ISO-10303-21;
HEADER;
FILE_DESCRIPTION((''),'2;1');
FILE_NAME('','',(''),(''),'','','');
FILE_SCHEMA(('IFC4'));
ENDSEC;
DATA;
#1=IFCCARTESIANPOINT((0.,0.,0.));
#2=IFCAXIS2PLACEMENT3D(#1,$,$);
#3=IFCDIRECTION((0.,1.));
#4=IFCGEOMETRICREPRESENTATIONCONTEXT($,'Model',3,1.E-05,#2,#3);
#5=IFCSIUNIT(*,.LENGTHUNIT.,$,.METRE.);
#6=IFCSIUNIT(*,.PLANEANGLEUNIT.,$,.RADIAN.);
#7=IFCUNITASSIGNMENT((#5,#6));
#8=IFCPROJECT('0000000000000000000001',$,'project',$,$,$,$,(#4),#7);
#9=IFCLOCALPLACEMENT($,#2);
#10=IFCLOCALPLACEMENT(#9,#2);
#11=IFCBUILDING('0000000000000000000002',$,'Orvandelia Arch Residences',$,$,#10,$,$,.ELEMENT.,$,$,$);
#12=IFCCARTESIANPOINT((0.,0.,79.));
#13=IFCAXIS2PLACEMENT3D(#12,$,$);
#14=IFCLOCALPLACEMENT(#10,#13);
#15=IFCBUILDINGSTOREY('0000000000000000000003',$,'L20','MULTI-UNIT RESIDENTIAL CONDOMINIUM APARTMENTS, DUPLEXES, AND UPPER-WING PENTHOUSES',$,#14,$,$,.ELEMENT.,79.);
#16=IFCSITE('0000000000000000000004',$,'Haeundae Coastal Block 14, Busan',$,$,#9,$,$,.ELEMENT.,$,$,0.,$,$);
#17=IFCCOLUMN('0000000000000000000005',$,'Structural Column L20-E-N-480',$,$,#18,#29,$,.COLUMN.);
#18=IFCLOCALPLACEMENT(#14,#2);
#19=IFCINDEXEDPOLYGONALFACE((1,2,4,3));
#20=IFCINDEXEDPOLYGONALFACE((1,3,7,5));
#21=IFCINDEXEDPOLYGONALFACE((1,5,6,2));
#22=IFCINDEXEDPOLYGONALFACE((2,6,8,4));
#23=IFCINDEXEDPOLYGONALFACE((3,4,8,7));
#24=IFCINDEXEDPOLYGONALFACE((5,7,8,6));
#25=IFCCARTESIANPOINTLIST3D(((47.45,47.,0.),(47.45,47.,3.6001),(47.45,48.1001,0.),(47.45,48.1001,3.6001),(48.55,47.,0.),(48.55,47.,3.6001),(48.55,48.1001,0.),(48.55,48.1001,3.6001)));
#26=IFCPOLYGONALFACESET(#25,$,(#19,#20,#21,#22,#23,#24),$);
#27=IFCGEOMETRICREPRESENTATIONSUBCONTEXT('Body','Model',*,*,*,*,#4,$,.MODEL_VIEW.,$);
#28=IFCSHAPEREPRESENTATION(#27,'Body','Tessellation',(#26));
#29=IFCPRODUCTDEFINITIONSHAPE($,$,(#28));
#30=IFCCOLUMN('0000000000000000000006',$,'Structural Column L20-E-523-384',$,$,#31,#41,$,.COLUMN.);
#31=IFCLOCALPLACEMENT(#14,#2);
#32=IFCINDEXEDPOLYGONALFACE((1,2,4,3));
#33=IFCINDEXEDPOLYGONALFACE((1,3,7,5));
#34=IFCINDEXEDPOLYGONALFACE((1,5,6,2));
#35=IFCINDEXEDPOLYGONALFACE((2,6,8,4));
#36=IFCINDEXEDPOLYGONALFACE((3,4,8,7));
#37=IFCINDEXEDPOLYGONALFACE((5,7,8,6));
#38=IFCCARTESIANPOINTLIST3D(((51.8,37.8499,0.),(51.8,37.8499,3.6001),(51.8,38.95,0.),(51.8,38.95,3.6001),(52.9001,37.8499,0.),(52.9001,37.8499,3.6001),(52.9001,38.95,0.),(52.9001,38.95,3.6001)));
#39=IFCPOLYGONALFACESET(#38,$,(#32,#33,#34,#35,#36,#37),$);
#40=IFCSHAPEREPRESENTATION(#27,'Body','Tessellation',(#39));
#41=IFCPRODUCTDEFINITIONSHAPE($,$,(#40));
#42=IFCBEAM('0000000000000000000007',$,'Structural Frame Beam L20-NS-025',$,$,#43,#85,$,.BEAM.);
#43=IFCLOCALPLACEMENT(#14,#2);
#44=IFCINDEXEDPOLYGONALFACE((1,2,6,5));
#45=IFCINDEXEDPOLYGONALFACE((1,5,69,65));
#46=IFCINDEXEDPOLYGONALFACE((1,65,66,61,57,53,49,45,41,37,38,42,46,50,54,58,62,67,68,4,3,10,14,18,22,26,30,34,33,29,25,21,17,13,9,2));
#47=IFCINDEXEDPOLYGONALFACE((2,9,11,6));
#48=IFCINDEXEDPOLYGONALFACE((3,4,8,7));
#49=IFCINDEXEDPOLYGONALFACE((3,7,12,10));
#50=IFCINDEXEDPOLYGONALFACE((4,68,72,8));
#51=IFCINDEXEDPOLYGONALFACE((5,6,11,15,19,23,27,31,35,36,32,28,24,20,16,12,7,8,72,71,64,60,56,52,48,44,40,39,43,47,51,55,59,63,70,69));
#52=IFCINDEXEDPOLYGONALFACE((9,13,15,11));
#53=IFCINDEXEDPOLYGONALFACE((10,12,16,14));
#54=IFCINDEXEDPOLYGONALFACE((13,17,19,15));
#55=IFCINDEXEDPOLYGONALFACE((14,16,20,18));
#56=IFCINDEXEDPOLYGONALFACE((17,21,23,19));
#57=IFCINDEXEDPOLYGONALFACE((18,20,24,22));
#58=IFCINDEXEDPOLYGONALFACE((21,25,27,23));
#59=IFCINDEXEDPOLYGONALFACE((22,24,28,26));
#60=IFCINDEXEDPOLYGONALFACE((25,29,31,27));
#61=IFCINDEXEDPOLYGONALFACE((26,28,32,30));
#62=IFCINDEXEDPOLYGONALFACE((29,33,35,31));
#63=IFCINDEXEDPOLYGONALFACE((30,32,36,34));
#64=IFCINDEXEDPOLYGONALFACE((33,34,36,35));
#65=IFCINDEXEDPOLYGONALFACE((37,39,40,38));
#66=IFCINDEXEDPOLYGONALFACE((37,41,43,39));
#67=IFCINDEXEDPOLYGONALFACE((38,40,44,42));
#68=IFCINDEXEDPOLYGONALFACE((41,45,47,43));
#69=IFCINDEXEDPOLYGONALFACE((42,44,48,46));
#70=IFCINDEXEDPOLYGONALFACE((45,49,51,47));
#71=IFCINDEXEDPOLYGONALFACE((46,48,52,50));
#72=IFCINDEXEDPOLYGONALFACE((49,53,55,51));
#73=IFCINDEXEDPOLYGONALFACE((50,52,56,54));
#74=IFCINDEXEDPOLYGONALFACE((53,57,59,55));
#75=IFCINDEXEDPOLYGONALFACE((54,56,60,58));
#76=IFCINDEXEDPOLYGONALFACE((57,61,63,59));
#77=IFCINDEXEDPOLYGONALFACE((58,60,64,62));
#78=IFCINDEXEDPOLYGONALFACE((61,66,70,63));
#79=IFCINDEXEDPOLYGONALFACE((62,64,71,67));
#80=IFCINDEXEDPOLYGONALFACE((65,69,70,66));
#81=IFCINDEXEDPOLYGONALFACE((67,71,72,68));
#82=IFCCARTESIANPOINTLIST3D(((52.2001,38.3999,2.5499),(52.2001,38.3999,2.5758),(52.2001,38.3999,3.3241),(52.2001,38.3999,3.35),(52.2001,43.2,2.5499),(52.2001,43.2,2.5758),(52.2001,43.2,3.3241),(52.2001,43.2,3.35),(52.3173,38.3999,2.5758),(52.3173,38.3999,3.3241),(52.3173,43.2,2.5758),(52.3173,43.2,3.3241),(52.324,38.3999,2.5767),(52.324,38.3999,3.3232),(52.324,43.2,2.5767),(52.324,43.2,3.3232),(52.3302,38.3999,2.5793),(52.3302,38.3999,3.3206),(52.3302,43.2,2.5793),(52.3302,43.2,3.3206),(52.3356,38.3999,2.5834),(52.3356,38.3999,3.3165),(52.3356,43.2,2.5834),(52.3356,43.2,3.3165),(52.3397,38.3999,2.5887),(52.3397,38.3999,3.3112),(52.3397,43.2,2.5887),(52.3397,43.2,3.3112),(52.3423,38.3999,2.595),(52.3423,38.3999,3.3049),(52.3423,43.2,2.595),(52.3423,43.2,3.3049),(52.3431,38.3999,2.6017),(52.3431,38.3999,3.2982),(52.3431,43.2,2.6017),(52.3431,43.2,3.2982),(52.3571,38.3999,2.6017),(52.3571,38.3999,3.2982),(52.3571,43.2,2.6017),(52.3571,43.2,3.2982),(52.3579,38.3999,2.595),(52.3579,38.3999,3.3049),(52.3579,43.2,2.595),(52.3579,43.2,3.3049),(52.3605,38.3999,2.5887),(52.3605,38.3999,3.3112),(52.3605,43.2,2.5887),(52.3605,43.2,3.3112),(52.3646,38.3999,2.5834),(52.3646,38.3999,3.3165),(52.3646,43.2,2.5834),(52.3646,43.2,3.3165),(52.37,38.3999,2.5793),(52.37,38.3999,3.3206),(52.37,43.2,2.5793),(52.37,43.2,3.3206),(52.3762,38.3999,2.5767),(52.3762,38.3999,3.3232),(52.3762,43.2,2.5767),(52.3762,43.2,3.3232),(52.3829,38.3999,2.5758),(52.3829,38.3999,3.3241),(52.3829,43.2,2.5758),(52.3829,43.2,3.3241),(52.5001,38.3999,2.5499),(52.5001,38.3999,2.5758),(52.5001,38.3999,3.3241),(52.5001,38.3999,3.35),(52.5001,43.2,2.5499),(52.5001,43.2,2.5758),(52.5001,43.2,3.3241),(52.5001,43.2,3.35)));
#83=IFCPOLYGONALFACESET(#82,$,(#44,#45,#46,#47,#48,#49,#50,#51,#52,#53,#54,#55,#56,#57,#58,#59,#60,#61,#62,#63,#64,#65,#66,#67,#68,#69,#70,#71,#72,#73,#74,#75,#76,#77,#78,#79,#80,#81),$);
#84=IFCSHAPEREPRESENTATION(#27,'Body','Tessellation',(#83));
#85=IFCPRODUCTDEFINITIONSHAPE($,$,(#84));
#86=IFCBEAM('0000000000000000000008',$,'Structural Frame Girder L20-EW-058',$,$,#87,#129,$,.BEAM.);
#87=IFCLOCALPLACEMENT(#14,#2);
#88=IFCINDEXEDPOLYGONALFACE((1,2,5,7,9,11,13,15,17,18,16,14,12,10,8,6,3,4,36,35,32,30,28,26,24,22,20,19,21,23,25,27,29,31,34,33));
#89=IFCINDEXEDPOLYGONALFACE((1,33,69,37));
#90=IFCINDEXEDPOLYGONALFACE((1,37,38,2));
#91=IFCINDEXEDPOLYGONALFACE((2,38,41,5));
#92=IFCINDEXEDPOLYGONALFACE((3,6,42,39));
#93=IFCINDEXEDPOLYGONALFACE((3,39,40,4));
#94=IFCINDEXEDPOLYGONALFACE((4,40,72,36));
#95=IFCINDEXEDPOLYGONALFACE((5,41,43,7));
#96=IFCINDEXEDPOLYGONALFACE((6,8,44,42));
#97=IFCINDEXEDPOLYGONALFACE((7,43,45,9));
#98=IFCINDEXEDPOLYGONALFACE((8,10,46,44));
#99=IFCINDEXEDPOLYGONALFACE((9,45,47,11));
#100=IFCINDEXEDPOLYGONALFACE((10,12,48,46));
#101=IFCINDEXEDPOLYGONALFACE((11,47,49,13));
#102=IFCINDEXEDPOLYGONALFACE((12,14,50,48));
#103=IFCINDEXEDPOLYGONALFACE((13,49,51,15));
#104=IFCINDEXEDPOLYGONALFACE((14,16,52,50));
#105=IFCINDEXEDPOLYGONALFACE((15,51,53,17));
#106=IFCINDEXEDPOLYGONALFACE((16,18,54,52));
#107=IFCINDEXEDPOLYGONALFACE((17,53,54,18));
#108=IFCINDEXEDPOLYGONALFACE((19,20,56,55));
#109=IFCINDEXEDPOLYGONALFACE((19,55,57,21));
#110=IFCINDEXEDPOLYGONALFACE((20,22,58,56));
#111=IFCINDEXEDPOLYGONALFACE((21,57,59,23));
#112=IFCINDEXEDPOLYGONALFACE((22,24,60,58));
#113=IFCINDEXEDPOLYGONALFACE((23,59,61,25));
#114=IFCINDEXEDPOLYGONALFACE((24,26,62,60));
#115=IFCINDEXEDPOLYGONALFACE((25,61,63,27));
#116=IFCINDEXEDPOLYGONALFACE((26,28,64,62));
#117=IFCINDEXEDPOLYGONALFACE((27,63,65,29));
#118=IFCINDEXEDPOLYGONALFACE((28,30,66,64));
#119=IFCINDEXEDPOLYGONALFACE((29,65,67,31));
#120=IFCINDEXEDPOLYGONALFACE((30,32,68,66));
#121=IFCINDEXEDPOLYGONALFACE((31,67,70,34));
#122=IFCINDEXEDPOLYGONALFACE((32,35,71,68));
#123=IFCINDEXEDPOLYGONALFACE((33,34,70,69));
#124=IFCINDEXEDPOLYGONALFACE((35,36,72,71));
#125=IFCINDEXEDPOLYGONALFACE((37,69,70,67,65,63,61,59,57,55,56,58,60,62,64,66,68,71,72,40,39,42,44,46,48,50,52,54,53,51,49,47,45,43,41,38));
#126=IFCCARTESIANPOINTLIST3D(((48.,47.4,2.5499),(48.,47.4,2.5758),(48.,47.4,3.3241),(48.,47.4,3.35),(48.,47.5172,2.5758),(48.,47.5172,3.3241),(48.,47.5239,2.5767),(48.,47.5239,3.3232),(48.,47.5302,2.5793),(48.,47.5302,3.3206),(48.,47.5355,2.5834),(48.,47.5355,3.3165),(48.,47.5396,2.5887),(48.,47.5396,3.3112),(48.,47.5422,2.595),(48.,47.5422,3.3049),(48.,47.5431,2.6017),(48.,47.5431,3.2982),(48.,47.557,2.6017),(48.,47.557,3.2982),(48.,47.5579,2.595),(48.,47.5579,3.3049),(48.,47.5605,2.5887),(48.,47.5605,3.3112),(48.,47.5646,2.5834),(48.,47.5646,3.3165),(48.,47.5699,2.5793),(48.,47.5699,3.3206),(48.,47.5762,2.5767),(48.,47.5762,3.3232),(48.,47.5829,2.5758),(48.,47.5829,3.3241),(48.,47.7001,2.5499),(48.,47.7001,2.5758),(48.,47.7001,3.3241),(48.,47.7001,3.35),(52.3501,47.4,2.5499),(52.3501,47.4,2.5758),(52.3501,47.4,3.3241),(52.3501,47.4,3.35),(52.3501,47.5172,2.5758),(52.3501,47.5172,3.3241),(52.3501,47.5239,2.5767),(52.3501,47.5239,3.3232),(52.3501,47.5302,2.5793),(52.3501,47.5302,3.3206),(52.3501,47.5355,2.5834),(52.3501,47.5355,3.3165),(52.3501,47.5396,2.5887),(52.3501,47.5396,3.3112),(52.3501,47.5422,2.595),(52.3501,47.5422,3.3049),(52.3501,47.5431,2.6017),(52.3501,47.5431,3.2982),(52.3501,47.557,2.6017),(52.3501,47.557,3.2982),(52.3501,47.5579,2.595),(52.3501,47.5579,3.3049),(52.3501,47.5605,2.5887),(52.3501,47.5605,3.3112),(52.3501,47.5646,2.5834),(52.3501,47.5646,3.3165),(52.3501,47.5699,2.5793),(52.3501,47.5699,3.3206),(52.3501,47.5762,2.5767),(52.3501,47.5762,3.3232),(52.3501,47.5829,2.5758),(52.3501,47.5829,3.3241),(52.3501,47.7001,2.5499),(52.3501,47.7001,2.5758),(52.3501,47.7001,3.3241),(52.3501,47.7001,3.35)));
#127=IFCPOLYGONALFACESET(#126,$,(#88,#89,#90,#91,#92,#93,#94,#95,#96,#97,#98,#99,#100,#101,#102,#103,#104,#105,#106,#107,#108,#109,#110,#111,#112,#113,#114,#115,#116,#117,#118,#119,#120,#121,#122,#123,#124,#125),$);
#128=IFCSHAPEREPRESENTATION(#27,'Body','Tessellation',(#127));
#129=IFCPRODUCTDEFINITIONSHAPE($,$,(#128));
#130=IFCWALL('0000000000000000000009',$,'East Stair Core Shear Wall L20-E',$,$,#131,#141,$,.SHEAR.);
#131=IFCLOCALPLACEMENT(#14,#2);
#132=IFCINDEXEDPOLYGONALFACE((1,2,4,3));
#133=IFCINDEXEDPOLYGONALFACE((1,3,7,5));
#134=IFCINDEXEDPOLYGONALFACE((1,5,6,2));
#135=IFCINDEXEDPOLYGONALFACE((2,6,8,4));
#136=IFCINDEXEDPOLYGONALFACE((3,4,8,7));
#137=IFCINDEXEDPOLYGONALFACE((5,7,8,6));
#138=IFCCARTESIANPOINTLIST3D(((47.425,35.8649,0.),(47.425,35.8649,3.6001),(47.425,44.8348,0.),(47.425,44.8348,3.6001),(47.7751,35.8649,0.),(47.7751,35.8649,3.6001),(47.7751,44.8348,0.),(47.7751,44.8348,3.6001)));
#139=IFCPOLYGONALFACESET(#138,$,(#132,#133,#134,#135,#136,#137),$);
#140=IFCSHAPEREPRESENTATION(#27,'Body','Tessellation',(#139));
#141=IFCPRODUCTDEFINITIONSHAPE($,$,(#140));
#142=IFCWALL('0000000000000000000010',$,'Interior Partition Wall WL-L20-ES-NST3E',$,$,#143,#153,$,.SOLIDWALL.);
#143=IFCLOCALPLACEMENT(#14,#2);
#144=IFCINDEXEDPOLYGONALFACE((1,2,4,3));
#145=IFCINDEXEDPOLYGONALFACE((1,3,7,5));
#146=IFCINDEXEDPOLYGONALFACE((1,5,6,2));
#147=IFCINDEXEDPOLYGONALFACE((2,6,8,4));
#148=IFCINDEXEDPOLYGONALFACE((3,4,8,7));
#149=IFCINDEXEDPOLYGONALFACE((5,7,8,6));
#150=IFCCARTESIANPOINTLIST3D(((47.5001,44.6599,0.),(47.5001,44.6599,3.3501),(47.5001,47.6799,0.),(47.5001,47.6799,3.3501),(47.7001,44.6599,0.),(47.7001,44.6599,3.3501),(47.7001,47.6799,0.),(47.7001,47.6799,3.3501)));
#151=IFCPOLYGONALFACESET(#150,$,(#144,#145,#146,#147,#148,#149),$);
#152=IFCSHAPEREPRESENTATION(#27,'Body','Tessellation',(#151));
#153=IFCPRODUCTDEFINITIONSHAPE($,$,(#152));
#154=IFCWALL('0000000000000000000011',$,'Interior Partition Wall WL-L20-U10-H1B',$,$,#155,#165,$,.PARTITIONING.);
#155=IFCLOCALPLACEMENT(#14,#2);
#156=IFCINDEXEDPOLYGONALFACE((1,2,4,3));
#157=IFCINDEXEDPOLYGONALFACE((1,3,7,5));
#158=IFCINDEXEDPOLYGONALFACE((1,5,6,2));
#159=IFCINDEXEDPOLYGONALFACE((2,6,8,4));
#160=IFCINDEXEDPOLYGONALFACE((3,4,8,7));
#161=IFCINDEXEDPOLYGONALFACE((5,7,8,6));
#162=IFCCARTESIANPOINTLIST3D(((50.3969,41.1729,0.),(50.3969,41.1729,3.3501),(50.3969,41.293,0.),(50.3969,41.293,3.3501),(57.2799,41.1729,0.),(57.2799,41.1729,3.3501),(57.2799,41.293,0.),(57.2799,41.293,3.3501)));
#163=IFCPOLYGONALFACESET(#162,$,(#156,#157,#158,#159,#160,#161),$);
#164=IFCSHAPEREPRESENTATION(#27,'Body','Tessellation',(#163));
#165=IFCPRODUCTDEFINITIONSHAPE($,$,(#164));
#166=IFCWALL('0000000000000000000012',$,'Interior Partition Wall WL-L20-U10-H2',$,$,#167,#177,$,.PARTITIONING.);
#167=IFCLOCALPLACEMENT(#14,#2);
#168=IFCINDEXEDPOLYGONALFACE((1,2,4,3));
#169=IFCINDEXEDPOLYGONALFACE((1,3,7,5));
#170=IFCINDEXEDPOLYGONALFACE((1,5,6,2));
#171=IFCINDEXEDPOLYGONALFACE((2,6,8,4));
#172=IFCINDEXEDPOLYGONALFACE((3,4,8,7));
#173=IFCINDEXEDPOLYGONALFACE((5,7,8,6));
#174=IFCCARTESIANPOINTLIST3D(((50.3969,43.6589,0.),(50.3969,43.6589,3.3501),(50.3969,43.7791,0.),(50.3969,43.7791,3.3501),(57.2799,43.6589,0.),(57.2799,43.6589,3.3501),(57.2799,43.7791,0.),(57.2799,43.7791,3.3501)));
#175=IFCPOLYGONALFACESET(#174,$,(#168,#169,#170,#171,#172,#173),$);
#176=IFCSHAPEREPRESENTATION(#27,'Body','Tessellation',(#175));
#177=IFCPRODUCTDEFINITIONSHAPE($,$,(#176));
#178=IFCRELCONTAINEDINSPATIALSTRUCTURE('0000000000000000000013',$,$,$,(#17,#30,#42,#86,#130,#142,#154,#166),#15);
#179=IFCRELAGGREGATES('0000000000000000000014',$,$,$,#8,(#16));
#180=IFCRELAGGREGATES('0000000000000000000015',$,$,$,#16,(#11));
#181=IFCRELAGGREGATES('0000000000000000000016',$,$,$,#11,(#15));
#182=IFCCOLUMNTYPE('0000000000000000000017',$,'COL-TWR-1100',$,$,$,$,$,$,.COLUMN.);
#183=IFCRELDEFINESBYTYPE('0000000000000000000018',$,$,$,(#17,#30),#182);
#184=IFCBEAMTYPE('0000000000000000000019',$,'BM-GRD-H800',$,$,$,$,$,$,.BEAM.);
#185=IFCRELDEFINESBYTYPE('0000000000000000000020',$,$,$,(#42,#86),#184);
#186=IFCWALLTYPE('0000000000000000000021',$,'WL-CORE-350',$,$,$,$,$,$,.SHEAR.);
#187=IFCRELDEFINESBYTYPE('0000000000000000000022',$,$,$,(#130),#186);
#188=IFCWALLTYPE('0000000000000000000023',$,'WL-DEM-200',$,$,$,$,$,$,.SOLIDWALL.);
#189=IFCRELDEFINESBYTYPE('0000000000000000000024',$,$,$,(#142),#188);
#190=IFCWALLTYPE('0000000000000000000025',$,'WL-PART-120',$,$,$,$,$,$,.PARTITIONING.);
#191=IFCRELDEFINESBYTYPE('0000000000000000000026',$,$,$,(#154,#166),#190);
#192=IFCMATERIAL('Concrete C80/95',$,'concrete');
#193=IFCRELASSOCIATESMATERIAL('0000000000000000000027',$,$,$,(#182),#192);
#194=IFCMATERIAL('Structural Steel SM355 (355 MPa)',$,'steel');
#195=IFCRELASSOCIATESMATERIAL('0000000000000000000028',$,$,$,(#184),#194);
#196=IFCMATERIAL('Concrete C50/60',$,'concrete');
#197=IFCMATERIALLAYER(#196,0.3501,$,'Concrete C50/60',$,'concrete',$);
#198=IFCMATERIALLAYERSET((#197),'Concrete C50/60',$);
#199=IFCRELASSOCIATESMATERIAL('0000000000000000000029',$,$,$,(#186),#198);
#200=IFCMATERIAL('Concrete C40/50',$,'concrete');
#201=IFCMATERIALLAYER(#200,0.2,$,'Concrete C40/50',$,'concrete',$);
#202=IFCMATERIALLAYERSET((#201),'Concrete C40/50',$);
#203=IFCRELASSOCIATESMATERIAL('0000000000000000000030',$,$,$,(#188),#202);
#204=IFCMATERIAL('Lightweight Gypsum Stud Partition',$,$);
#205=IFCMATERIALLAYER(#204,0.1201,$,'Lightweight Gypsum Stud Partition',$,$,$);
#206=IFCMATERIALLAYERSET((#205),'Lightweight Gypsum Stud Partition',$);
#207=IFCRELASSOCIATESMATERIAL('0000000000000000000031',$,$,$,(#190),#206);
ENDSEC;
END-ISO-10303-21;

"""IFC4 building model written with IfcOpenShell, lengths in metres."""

from ifc_helpers import new_model, si_unit, direction, frame, frame_2d, origin, origin_2d, place, context, subcontext, project, spatial, rectangle, i_section, extrude, material, layer, layer_set, material_profile, profile_set, type_object, element, save


model = new_model("IFC4")

# Units and contexts
model_context = context("Model", 3, precision=1e-05, world=origin(), true_north=direction((0.0, 1.0)))
body_context = subcontext(model_context, "Body", "Model", "MODEL_VIEW")
ifc_project = project(units=[si_unit("LENGTHUNIT", "METRE"), si_unit("PLANEANGLEUNIT", "RADIAN")], contexts=[model_context])

# Site, building, storey
site_placement = place(None, origin())
site = spatial("IfcSite", under=ifc_project, at=site_placement, Name="Haeundae Coastal Block 14, Busan", CompositionType="ELEMENT", RefElevation=0.0)
building_placement = place(site_placement, origin())
building = spatial("IfcBuilding", under=site, at=building_placement, Name="Orvandelia Arch Residences", CompositionType="ELEMENT")
storey_placement = place(building_placement, frame((0.0, 0.0, 79.0)))
storey = spatial("IfcBuildingStorey", under=building, at=storey_placement, Name="L20", Description="MULTI-UNIT RESIDENTIAL CONDOMINIUM APARTMENTS, DUPLEXES, AND UPPER-WING PENTHOUSES", CompositionType="ELEMENT", Elevation=79.0)

# Columns
ifc_material_1 = material(Name="Concrete C80/95", Category="concrete")
ifc_material_profile_1 = material_profile(ifc_material_1, rectangle(XDim=1.1001, YDim=1.1001, at=origin_2d()), Name="Concrete C80/95", Category="concrete")
ifc_profile_set_1 = profile_set([ifc_material_profile_1], Name="Concrete C80/95")
column_type = type_object("IfcColumnType", Name="COL-TWR-1100", PredefinedType="COLUMN", material=ifc_profile_set_1)
for number, where, z_axis, x_axis, name in (
    (1, (48.0, 47.55, 0.0), (0.0, 0.0, 1.0), (1.0, 0.0, 0.0), "Structural Column L20-E-N-480"),
    (2, (52.3501, 38.3999, 0.0), (0.0, 0.0, 1.0), (1.0, 0.0, 0.0), "Structural Column L20-E-523-384"),
):
    element("IfcColumn", number, at=place(storey_placement, frame(where, z_axis=z_axis, x_axis=x_axis)), inside=storey, type_object=column_type, Name=name, PredefinedType="COLUMN", context=body_context, shape_type="SweptSolid", body=[
        extrude(rectangle(XDim=1.1001, YDim=1.1001, at=origin_2d()), origin(), (0.0, 0.0, 1.0), 3.6001),
    ])

# Beams
ifc_material_2 = material(Name="Structural Steel SM355 (355 MPa)", Category="steel")
ifc_material_profile_2 = material_profile(ifc_material_2, i_section(OverallWidth=0.3, OverallDepth=0.8, WebThickness=0.0139, FlangeThickness=0.0259, FilletRadius=0.0259, at=origin_2d()), Name="Structural Steel SM355 (355 MPa)", Category="steel")
ifc_profile_set_2 = profile_set([ifc_material_profile_2], Name="Structural Steel SM355 (355 MPa)")
beam_type = type_object("IfcBeamType", Name="BM-GRD-H800", PredefinedType="BEAM", material=ifc_profile_set_2)
beam_1_placement = place(storey_placement, frame((52.3501, 38.3999, 2.95), z_axis=(0.0, 1.0, 0.0), x_axis=(-1.0, 0.0, 0.0)))
element("IfcBeam", 3, at=beam_1_placement, inside=storey, type_object=beam_type, Name="Structural Frame Beam L20-NS-025", PredefinedType="BEAM", context=body_context, shape_type="SweptSolid", body=[
    extrude(i_section(OverallWidth=0.3, OverallDepth=0.8, WebThickness=0.0139, FlangeThickness=0.0259, FilletRadius=0.0259, at=origin_2d()), origin(), (0.0, 0.0, 1.0), 4.8),
])
beam_2_placement = place(storey_placement, frame((48.0, 47.55, 2.95), z_axis=(1.0, 0.0, 0.0), x_axis=(0.0, 1.0, 0.0)))
element("IfcBeam", 4, at=beam_2_placement, inside=storey, type_object=beam_type, Name="Structural Frame Girder L20-EW-058", PredefinedType="BEAM", context=body_context, shape_type="SweptSolid", body=[
    extrude(i_section(OverallWidth=0.3, OverallDepth=0.8, WebThickness=0.0139, FlangeThickness=0.0259, FilletRadius=0.0259, at=origin_2d()), origin(), (0.0, 0.0, 1.0), 4.3501),
])

# Walls
ifc_material_3 = material(Name="Concrete C50/60", Category="concrete")
ifc_layer_1 = layer(ifc_material_3, 0.3501, Name="Concrete C50/60", Category="concrete")
ifc_layer_set_1 = layer_set([ifc_layer_1], Name="Concrete C50/60")
wall_type_1 = type_object("IfcWallType", Name="WL-CORE-350", PredefinedType="SHEAR", material=ifc_layer_set_1)
wall_1_placement = place(storey_placement, frame((47.6001, 35.865, 0.0), z_axis=(0.0, 0.0, 1.0), x_axis=(0.0, 1.0, 0.0)))
element("IfcWall", 5, at=wall_1_placement, inside=storey, type_object=wall_type_1, Name="East Stair Core Shear Wall L20-E", PredefinedType="SHEAR", context=body_context, shape_type="SweptSolid", body=[
    extrude(rectangle(XDim=8.97, YDim=0.3501, at=frame_2d((4.4849, 0.0))), origin(), (0.0, 0.0, 1.0), 3.6001),
])
ifc_material_4 = material(Name="Concrete C40/50", Category="concrete")
ifc_layer_2 = layer(ifc_material_4, 0.2, Name="Concrete C40/50", Category="concrete")
ifc_layer_set_2 = layer_set([ifc_layer_2], Name="Concrete C40/50")
wall_type_2 = type_object("IfcWallType", Name="WL-DEM-200", PredefinedType="SOLIDWALL", material=ifc_layer_set_2)
wall_2_placement = place(storey_placement, frame((47.6001, 44.6599, 0.0), z_axis=(0.0, 0.0, 1.0), x_axis=(0.0, 1.0, 0.0)))
element("IfcWall", 6, at=wall_2_placement, inside=storey, type_object=wall_type_2, Name="Interior Partition Wall WL-L20-ES-NST3E", PredefinedType="SOLIDWALL", context=body_context, shape_type="SweptSolid", body=[
    extrude(rectangle(XDim=3.02, YDim=0.2, at=frame_2d((1.51, 0.0))), origin(), (0.0, 0.0, 1.0), 3.3501),
])
ifc_material_5 = material(Name="Lightweight Gypsum Stud Partition")
ifc_layer_3 = layer(ifc_material_5, 0.1201, Name="Lightweight Gypsum Stud Partition")
ifc_layer_set_3 = layer_set([ifc_layer_3], Name="Lightweight Gypsum Stud Partition")
wall_type_3 = type_object("IfcWallType", Name="WL-PART-120", PredefinedType="PARTITIONING", material=ifc_layer_set_3)
for number, where, z_axis, x_axis, name in (
    (7, (50.397, 41.2329, 0.0), (0.0, 0.0, 1.0), (1.0, 0.0, 0.0), "Interior Partition Wall WL-L20-U10-H1B"),
    (8, (50.397, 43.719, 0.0), (0.0, 0.0, 1.0), (1.0, 0.0, 0.0), "Interior Partition Wall WL-L20-U10-H2"),
):
    element("IfcWall", number, at=place(storey_placement, frame(where, z_axis=z_axis, x_axis=x_axis)), inside=storey, type_object=wall_type_3, Name=name, PredefinedType="PARTITIONING", context=body_context, shape_type="SweptSolid", body=[
        extrude(rectangle(XDim=6.8831, YDim=0.1201, at=frame_2d((3.4414, 0.0))), origin(), (0.0, 0.0, 1.0), 3.3501),
    ])

save(model, "model.ifc")
